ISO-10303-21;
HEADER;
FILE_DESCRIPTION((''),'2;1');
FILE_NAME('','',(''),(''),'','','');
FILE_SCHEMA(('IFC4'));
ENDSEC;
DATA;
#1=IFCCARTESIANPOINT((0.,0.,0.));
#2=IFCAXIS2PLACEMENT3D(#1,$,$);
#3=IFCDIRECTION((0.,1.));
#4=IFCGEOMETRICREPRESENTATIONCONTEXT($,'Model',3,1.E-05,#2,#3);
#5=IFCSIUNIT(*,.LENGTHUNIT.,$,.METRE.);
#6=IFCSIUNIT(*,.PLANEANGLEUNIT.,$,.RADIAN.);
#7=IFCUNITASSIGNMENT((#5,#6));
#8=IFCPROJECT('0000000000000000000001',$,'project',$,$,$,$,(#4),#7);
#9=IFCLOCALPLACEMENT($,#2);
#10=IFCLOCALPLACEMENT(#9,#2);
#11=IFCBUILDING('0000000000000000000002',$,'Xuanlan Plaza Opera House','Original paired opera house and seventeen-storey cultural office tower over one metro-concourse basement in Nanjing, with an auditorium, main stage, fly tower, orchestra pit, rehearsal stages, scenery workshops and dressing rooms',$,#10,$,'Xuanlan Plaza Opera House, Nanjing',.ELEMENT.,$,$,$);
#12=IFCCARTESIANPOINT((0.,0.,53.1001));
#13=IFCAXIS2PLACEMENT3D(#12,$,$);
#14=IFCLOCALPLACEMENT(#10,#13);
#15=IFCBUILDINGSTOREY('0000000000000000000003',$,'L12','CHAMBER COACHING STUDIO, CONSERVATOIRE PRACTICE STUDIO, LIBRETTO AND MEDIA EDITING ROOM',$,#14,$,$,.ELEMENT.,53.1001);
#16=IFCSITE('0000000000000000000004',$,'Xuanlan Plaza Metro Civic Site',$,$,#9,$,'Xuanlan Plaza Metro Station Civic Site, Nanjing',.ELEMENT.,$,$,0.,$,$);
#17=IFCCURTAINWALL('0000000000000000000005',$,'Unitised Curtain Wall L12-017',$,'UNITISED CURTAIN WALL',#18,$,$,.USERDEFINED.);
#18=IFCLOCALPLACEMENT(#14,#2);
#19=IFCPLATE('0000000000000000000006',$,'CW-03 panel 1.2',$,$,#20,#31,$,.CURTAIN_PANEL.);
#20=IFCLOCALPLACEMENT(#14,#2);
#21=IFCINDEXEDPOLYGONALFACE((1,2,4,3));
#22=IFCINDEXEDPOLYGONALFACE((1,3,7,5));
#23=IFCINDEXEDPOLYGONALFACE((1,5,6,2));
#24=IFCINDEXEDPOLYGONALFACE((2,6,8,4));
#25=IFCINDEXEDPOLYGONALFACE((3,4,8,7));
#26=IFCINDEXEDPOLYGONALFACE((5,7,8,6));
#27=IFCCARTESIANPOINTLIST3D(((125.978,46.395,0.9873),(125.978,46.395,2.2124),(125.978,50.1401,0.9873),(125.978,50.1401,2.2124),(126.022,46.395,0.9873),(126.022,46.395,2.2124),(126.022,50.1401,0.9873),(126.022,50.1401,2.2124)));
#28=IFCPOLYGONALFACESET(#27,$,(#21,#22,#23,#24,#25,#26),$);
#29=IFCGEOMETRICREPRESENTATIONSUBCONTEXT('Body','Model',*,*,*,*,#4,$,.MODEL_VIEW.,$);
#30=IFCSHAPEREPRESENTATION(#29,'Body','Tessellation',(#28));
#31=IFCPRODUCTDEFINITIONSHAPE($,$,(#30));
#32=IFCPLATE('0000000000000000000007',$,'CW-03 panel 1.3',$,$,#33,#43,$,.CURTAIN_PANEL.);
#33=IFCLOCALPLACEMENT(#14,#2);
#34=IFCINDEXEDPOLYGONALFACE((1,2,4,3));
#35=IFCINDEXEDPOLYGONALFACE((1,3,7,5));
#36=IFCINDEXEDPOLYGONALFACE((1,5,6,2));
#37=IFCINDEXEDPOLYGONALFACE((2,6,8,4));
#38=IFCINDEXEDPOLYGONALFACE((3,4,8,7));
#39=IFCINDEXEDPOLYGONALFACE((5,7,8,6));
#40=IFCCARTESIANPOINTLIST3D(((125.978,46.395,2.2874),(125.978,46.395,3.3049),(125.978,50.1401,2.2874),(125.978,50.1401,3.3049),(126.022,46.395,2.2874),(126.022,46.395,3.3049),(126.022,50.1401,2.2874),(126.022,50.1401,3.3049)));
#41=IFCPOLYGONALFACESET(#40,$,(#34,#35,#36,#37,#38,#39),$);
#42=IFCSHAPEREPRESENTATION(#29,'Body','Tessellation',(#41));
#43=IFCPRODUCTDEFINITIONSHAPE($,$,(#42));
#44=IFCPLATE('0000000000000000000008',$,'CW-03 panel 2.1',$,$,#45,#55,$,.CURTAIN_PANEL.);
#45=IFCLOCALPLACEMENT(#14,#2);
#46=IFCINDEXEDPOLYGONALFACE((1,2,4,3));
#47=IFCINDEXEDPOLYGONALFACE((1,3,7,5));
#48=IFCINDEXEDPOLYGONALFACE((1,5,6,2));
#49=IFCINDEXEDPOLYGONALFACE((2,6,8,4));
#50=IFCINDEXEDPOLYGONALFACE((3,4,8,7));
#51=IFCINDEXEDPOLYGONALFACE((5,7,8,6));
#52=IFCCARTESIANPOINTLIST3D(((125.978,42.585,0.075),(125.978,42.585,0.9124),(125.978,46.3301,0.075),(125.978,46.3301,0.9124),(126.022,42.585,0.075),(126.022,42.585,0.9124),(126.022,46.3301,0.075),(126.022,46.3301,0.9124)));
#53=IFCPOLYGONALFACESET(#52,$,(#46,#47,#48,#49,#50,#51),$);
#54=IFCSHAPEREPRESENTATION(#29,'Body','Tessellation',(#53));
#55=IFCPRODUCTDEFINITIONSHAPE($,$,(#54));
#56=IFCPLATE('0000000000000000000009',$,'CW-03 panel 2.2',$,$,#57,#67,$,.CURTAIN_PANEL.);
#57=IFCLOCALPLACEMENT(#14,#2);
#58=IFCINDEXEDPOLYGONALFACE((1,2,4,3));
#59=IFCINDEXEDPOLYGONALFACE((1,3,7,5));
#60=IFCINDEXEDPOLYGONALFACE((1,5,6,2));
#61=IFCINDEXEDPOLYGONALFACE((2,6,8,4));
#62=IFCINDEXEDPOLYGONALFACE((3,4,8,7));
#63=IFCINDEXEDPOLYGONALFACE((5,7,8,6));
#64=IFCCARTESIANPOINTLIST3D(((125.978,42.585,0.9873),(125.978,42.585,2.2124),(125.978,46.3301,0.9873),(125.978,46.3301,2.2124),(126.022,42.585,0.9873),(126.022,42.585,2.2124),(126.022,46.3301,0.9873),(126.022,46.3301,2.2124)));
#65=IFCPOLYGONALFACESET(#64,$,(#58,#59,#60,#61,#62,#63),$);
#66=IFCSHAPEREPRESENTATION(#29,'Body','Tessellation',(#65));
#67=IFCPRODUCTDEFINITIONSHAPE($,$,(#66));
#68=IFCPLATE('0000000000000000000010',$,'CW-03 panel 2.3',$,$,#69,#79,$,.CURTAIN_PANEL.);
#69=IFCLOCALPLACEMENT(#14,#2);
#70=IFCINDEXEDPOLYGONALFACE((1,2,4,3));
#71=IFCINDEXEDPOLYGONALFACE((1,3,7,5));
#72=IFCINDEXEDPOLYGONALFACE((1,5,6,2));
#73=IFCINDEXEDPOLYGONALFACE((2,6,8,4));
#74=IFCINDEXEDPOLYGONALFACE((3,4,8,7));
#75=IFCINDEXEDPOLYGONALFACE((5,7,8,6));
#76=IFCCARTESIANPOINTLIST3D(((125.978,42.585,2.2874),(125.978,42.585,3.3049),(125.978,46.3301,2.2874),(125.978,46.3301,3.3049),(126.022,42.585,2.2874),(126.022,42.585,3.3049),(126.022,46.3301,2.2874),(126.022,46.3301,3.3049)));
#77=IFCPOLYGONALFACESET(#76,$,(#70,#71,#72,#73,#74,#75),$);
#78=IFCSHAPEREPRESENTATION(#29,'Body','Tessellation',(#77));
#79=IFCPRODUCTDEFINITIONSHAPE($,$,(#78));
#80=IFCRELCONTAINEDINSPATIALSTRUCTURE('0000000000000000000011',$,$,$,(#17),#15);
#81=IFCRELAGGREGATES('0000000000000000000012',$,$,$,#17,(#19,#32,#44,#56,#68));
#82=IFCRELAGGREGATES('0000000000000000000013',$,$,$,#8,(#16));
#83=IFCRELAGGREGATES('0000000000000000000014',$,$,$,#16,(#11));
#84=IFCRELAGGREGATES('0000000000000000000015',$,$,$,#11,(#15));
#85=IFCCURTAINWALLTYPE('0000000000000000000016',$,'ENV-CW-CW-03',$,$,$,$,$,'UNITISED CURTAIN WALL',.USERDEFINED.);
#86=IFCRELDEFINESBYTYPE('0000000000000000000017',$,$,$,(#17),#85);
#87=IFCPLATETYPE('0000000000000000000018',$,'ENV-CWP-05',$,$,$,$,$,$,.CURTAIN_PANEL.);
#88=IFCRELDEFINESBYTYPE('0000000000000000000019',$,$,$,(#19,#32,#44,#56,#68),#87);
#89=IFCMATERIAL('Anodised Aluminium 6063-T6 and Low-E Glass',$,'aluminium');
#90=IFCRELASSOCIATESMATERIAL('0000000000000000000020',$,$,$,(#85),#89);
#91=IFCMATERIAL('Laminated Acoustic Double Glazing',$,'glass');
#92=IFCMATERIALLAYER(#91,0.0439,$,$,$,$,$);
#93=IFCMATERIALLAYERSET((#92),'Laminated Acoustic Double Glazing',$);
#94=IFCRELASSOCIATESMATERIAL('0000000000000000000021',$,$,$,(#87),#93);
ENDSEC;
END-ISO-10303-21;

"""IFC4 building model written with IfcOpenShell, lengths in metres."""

from ifc_helpers import new_model, si_unit, direction, frame, origin, origin_2d, place, context, subcontext, project, spatial, rectangle, extrude, material, layer, layer_set, type_object, element, aggregate, save


model = new_model("IFC4")

# Units and contexts
model_context = context("Model", 3, precision=1e-05, world=origin(), true_north=direction((0.0, 1.0)))
body_context = subcontext(model_context, "Body", "Model", "MODEL_VIEW")
ifc_project = project(units=[si_unit("LENGTHUNIT", "METRE"), si_unit("PLANEANGLEUNIT", "RADIAN")], contexts=[model_context])

# Site, building, storey
site_placement = place(None, origin())
site = spatial("IfcSite", under=ifc_project, at=site_placement, Name="Xuanlan Plaza Metro Civic Site", LongName="Xuanlan Plaza Metro Station Civic Site, Nanjing", CompositionType="ELEMENT", RefElevation=0.0)
building_placement = place(site_placement, origin())
building = spatial("IfcBuilding", under=site, at=building_placement, Name="Xuanlan Plaza Opera House", Description="Original paired opera house and seventeen-storey cultural office tower over one metro-concourse basement in Nanjing, with an auditorium, main stage, fly tower, orchestra pit, rehearsal stages, scenery workshops and dressing rooms", LongName="Xuanlan Plaza Opera House, Nanjing", CompositionType="ELEMENT")
storey_placement = place(building_placement, frame((0.0, 0.0, 53.1001)))
storey = spatial("IfcBuildingStorey", under=building, at=storey_placement, Name="L12", Description="CHAMBER COACHING STUDIO, CONSERVATOIRE PRACTICE STUDIO, LIBRETTO AND MEDIA EDITING ROOM", CompositionType="ELEMENT", Elevation=53.1001)

# Curtain wall
ifc_material_1 = material(Name="Anodised Aluminium 6063-T6 and Low-E Glass", Category="aluminium")
curtain_wall_type_1 = type_object("IfcCurtainWallType", Name="ENV-CW-CW-03", ElementType="UNITISED CURTAIN WALL", PredefinedType="USERDEFINED", material=ifc_material_1)
curtain_wall_1_placement = place(storey_placement, origin())
curtain_wall_1 = element("IfcCurtainWall", 1, at=curtain_wall_1_placement, inside=storey, type_object=curtain_wall_type_1, Name="Unitised Curtain Wall L12-017", ObjectType="UNITISED CURTAIN WALL", PredefinedType="USERDEFINED")

# Plates
ifc_material_2 = material(Name="Laminated Acoustic Double Glazing", Category="glass")
ifc_layer_1 = layer(ifc_material_2, 0.0439)
ifc_layer_set_1 = layer_set([ifc_layer_1], Name="Laminated Acoustic Double Glazing")
plate_type_1 = type_object("IfcPlateType", Name="ENV-CWP-05", PredefinedType="CURTAIN_PANEL", material=ifc_layer_set_1)
plate_1_placement = place(storey_placement, frame((126.0, 48.2676, 0.9873), z_axis=(0.0, 0.0, 1.0), x_axis=(0.0, -1.0, 0.0)))
plate_1 = element("IfcPlate", 2, at=plate_1_placement, type_object=plate_type_1, Name="CW-03 panel 1.2", PredefinedType="CURTAIN_PANEL", context=body_context, shape_type="SweptSolid", body=[
    extrude(rectangle(XDim=3.7451, YDim=0.0439, at=origin_2d()), origin(), (0.0, 0.0, 1.0), 1.2251),
])
plate_2_placement = place(storey_placement, frame((126.0, 48.2676, 2.2874), z_axis=(0.0, 0.0, 1.0), x_axis=(0.0, -1.0, 0.0)))
plate_2 = element("IfcPlate", 3, at=plate_2_placement, type_object=plate_type_1, Name="CW-03 panel 1.3", PredefinedType="CURTAIN_PANEL", context=body_context, shape_type="SweptSolid", body=[
    extrude(rectangle(XDim=3.7451, YDim=0.0439, at=origin_2d()), origin(), (0.0, 0.0, 1.0), 1.0176),
])
plate_3_placement = place(storey_placement, frame((126.0, 44.4575, 0.075), z_axis=(0.0, 0.0, 1.0), x_axis=(0.0, -1.0, 0.0)))
plate_3 = element("IfcPlate", 4, at=plate_3_placement, type_object=plate_type_1, Name="CW-03 panel 2.1", PredefinedType="CURTAIN_PANEL", context=body_context, shape_type="SweptSolid", body=[
    extrude(rectangle(XDim=3.7451, YDim=0.0439, at=origin_2d()), origin(), (0.0, 0.0, 1.0), 0.8374),
])
plate_4_placement = place(storey_placement, frame((126.0, 44.4575, 0.9873), z_axis=(0.0, 0.0, 1.0), x_axis=(0.0, -1.0, 0.0)))
plate_4 = element("IfcPlate", 5, at=plate_4_placement, type_object=plate_type_1, Name="CW-03 panel 2.2", PredefinedType="CURTAIN_PANEL", context=body_context, shape_type="SweptSolid", body=[
    extrude(rectangle(XDim=3.7451, YDim=0.0439, at=origin_2d()), origin(), (0.0, 0.0, 1.0), 1.2251),
])
plate_5_placement = place(storey_placement, frame((126.0, 44.4575, 2.2874), z_axis=(0.0, 0.0, 1.0), x_axis=(0.0, -1.0, 0.0)))
plate_5 = element("IfcPlate", 6, at=plate_5_placement, type_object=plate_type_1, Name="CW-03 panel 2.3", PredefinedType="CURTAIN_PANEL", context=body_context, shape_type="SweptSolid", body=[
    extrude(rectangle(XDim=3.7451, YDim=0.0439, at=origin_2d()), origin(), (0.0, 0.0, 1.0), 1.0176),
])
aggregate(curtain_wall_1, [plate_1, plate_2, plate_3, plate_4, plate_5])

save(model, "model.ifc")
